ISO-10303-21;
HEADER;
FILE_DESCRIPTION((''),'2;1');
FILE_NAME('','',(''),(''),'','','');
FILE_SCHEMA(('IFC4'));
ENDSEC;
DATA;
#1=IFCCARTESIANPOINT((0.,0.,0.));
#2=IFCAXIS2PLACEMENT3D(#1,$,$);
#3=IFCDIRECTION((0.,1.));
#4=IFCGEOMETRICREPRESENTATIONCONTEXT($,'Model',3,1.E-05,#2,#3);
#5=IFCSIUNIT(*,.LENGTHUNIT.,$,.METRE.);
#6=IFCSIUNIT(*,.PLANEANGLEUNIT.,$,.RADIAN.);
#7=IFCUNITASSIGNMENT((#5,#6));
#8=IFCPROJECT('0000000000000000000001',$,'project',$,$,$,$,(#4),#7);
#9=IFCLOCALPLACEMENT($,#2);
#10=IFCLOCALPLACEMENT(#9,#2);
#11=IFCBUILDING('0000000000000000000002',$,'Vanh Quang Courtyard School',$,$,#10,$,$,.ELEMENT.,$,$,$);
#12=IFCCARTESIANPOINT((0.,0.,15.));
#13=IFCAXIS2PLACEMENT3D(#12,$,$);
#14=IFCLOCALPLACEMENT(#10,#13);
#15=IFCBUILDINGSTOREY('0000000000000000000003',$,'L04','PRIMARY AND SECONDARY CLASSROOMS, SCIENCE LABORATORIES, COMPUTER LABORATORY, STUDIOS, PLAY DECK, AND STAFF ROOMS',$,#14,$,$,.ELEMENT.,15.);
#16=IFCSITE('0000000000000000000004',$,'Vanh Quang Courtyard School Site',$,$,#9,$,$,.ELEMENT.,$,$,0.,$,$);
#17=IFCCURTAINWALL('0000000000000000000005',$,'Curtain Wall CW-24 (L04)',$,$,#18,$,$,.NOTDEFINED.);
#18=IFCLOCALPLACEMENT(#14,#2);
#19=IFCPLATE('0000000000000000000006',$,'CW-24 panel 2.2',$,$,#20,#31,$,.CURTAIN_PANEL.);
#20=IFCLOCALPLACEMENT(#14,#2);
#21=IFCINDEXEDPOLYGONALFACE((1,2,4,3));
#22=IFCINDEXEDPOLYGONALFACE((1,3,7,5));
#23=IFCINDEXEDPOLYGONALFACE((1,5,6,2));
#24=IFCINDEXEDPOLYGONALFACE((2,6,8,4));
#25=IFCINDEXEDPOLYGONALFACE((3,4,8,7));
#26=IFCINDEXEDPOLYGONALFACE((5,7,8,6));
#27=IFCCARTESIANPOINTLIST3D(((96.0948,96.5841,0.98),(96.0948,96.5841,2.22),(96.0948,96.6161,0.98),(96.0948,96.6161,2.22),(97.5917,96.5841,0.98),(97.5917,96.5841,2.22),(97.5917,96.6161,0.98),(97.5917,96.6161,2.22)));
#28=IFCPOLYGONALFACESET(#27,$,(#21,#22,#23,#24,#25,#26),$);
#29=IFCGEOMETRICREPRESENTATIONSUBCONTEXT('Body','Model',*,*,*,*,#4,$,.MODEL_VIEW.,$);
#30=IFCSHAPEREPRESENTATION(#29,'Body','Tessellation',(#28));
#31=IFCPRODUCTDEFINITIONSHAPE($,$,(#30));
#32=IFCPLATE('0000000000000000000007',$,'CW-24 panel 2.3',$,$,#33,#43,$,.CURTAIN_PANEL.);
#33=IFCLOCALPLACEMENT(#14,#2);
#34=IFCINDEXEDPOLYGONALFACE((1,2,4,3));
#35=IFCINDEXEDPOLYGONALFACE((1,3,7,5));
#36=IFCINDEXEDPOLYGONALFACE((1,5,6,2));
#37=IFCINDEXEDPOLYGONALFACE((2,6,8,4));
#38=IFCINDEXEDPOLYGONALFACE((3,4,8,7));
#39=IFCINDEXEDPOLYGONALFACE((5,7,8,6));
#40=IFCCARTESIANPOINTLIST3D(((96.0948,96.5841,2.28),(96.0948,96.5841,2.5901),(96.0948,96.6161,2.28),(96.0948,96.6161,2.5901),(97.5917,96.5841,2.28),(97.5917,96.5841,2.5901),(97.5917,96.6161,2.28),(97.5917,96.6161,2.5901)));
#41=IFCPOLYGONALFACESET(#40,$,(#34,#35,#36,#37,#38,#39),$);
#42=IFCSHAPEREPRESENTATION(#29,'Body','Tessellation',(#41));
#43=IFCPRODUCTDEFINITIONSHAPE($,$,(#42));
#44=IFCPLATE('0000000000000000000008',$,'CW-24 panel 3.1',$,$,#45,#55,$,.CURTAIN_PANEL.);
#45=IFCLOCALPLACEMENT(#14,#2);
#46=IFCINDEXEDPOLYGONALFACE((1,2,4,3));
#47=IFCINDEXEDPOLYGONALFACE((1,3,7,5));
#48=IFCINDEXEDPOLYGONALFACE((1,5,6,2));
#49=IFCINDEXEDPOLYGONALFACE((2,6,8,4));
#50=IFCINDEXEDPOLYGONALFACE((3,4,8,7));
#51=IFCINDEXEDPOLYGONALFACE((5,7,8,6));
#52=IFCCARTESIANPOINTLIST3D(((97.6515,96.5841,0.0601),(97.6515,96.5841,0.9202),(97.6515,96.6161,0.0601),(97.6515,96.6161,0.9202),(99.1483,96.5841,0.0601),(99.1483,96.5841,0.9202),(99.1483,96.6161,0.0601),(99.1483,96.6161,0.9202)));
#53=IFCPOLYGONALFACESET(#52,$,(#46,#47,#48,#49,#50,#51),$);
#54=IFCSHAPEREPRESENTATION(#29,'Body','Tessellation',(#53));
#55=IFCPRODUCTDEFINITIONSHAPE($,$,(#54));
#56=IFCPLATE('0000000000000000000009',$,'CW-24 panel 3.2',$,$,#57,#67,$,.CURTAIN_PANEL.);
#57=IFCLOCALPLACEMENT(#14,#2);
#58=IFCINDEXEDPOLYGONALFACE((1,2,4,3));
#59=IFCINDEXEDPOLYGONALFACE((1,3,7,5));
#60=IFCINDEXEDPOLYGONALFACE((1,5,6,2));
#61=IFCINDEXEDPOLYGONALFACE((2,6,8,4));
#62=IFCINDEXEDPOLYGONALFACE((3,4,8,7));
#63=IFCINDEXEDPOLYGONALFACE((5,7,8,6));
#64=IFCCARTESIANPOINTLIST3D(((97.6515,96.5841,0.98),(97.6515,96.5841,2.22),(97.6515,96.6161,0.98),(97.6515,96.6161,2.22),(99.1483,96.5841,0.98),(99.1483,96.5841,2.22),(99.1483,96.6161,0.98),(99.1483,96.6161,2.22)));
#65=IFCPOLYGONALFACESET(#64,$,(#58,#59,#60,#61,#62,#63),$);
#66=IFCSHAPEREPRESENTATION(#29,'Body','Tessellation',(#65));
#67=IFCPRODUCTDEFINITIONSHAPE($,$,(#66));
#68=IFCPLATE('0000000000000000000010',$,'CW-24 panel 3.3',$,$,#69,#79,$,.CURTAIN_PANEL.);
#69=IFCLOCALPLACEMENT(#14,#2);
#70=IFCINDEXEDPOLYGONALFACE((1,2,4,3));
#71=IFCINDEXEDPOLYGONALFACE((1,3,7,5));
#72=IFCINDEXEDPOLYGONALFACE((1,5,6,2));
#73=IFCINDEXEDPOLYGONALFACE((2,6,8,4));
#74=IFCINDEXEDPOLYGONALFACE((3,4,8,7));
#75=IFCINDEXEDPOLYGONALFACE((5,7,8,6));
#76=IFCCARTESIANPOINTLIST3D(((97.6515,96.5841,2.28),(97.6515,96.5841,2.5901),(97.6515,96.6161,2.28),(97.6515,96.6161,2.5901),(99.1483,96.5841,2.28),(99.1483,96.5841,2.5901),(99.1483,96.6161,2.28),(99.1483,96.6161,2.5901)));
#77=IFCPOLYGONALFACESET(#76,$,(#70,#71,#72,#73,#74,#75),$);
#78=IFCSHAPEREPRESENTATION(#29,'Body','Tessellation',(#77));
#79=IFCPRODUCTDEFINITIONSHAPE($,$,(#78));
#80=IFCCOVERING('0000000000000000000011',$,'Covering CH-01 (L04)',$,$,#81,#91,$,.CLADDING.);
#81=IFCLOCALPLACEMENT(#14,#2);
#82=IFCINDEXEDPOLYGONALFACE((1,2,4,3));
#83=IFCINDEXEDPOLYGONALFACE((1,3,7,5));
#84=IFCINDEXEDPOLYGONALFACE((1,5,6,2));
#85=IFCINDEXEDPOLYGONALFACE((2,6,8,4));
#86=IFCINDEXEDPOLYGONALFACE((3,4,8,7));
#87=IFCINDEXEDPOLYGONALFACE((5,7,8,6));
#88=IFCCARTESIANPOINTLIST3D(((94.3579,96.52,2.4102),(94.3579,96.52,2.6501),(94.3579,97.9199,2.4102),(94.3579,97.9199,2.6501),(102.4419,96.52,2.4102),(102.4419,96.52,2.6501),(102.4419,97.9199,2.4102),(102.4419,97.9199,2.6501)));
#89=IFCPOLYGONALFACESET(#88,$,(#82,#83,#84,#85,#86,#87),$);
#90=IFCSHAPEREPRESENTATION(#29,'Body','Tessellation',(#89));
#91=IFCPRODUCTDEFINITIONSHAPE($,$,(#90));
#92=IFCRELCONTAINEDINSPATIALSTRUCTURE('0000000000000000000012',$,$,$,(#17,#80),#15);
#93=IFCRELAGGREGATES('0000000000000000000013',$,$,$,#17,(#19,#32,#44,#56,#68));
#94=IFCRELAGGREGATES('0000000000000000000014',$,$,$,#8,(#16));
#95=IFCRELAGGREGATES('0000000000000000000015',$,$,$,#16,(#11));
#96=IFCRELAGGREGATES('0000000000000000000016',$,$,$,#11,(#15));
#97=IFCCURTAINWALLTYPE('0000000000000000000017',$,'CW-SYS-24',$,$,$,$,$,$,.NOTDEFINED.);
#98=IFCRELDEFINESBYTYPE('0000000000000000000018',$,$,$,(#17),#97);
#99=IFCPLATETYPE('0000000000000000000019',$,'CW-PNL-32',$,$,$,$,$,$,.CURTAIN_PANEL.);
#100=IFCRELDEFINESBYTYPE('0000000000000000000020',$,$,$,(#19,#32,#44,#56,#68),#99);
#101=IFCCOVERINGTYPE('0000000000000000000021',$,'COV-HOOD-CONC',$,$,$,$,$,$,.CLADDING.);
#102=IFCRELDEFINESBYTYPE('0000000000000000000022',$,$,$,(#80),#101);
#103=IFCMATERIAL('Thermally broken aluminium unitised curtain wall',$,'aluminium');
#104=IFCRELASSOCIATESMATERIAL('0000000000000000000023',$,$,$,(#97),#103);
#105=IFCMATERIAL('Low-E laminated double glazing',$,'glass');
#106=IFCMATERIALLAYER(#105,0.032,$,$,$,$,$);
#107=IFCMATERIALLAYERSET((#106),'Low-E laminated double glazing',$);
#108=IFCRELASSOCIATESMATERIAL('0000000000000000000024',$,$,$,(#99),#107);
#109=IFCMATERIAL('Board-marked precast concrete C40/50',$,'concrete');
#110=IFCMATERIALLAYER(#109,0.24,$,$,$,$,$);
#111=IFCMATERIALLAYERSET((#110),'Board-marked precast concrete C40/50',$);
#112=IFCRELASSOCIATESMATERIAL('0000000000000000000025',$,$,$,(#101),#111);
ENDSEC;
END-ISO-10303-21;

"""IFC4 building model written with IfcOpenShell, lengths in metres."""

from ifc_helpers import new_model, si_unit, direction, frame, origin, origin_2d, place, context, subcontext, project, spatial, rectangle, extrude, material, layer, layer_set, type_object, element, aggregate, save


model = new_model("IFC4")

# Units and contexts
model_context = context("Model", 3, precision=1e-05, world=origin(), true_north=direction((0.0, 1.0)))
body_context = subcontext(model_context, "Body", "Model", "MODEL_VIEW")
ifc_project = project(units=[si_unit("LENGTHUNIT", "METRE"), si_unit("PLANEANGLEUNIT", "RADIAN")], contexts=[model_context])

# Site, building, storey
site_placement = place(None, origin())
site = spatial("IfcSite", under=ifc_project, at=site_placement, Name="Vanh Quang Courtyard School Site", CompositionType="ELEMENT", RefElevation=0.0)
building_placement = place(site_placement, origin())
building = spatial("IfcBuilding", under=site, at=building_placement, Name="Vanh Quang Courtyard School", CompositionType="ELEMENT")
storey_placement = place(building_placement, frame((0.0, 0.0, 15.0)))
storey = spatial("IfcBuildingStorey", under=building, at=storey_placement, Name="L04", Description="PRIMARY AND SECONDARY CLASSROOMS, SCIENCE LABORATORIES, COMPUTER LABORATORY, STUDIOS, PLAY DECK, AND STAFF ROOMS", CompositionType="ELEMENT", Elevation=15.0)

# Curtain wall, plates
ifc_material_1 = material(Name="Thermally broken aluminium unitised curtain wall", Category="aluminium")
curtain_wall_type = type_object("IfcCurtainWallType", Name="CW-SYS-24", PredefinedType="NOTDEFINED", material=ifc_material_1)
curtain_wall_placement = place(storey_placement, origin())
curtain_wall = element("IfcCurtainWall", 1, at=curtain_wall_placement, inside=storey, type_object=curtain_wall_type, Name="Curtain Wall CW-24 (L04)", PredefinedType="NOTDEFINED")
ifc_material_2 = material(Name="Low-E laminated double glazing", Category="glass")
ifc_layer_1 = layer(ifc_material_2, 0.032)
ifc_layer_set_1 = layer_set([ifc_layer_1], Name="Low-E laminated double glazing")
plate_type = type_object("IfcPlateType", Name="CW-PNL-32", PredefinedType="CURTAIN_PANEL", material=ifc_layer_set_1)
plate_1_placement = place(storey_placement, frame((96.8433, 96.6001, 0.98), z_axis=(0.0, 0.0, 1.0), x_axis=(1.0, 0.0, 0.0)))
plate_1 = element("IfcPlate", 2, at=plate_1_placement, type_object=plate_type, Name="CW-24 panel 2.2", PredefinedType="CURTAIN_PANEL", context=body_context, shape_type="SweptSolid", body=[
    extrude(rectangle(XDim=1.4968, YDim=0.032, at=origin_2d()), origin(), (0.0, 0.0, 1.0), 1.24),
])
plate_2_placement = place(storey_placement, frame((96.8433, 96.6001, 2.28), z_axis=(0.0, 0.0, 1.0), x_axis=(1.0, 0.0, 0.0)))
plate_2 = element("IfcPlate", 3, at=plate_2_placement, type_object=plate_type, Name="CW-24 panel 2.3", PredefinedType="CURTAIN_PANEL", context=body_context, shape_type="SweptSolid", body=[
    extrude(rectangle(XDim=1.4968, YDim=0.032, at=origin_2d()), origin(), (0.0, 0.0, 1.0), 0.3101),
])
plate_3_placement = place(storey_placement, frame((98.3999, 96.6001, 0.0601), z_axis=(0.0, 0.0, 1.0), x_axis=(1.0, 0.0, 0.0)))
plate_3 = element("IfcPlate", 4, at=plate_3_placement, type_object=plate_type, Name="CW-24 panel 3.1", PredefinedType="CURTAIN_PANEL", context=body_context, shape_type="SweptSolid", body=[
    extrude(rectangle(XDim=1.4968, YDim=0.032, at=origin_2d()), origin(), (0.0, 0.0, 1.0), 0.8601),
])
plate_4_placement = place(storey_placement, frame((98.3999, 96.6001, 0.98), z_axis=(0.0, 0.0, 1.0), x_axis=(1.0, 0.0, 0.0)))
plate_4 = element("IfcPlate", 5, at=plate_4_placement, type_object=plate_type, Name="CW-24 panel 3.2", PredefinedType="CURTAIN_PANEL", context=body_context, shape_type="SweptSolid", body=[
    extrude(rectangle(XDim=1.4968, YDim=0.032, at=origin_2d()), origin(), (0.0, 0.0, 1.0), 1.24),
])
plate_5_placement = place(storey_placement, frame((98.3999, 96.6001, 2.28), z_axis=(0.0, 0.0, 1.0), x_axis=(1.0, 0.0, 0.0)))
plate_5 = element("IfcPlate", 6, at=plate_5_placement, type_object=plate_type, Name="CW-24 panel 3.3", PredefinedType="CURTAIN_PANEL", context=body_context, shape_type="SweptSolid", body=[
    extrude(rectangle(XDim=1.4968, YDim=0.032, at=origin_2d()), origin(), (0.0, 0.0, 1.0), 0.3101),
])
aggregate(curtain_wall, [plate_1, plate_2, plate_3, plate_4, plate_5])

# Covering
ifc_material_3 = material(Name="Board-marked precast concrete C40/50", Category="concrete")
ifc_layer_2 = layer(ifc_material_3, 0.24)
ifc_layer_set_2 = layer_set([ifc_layer_2], Name="Board-marked precast concrete C40/50")
covering_type = type_object("IfcCoveringType", Name="COV-HOOD-CONC", PredefinedType="CLADDING", material=ifc_layer_set_2)
covering_placement = place(storey_placement, frame((98.3999, 97.22, 2.4102), z_axis=(0.0, 0.0, 1.0), x_axis=(1.0, 0.0, 0.0)))
element("IfcCovering", 7, at=covering_placement, inside=storey, type_object=covering_type, Name="Covering CH-01 (L04)", PredefinedType="CLADDING", context=body_context, shape_type="SweptSolid", body=[
    extrude(rectangle(XDim=8.084, YDim=1.3999, at=origin_2d()), origin(), (0.0, 0.0, 1.0), 0.24),
])

save(model, "model.ifc")
